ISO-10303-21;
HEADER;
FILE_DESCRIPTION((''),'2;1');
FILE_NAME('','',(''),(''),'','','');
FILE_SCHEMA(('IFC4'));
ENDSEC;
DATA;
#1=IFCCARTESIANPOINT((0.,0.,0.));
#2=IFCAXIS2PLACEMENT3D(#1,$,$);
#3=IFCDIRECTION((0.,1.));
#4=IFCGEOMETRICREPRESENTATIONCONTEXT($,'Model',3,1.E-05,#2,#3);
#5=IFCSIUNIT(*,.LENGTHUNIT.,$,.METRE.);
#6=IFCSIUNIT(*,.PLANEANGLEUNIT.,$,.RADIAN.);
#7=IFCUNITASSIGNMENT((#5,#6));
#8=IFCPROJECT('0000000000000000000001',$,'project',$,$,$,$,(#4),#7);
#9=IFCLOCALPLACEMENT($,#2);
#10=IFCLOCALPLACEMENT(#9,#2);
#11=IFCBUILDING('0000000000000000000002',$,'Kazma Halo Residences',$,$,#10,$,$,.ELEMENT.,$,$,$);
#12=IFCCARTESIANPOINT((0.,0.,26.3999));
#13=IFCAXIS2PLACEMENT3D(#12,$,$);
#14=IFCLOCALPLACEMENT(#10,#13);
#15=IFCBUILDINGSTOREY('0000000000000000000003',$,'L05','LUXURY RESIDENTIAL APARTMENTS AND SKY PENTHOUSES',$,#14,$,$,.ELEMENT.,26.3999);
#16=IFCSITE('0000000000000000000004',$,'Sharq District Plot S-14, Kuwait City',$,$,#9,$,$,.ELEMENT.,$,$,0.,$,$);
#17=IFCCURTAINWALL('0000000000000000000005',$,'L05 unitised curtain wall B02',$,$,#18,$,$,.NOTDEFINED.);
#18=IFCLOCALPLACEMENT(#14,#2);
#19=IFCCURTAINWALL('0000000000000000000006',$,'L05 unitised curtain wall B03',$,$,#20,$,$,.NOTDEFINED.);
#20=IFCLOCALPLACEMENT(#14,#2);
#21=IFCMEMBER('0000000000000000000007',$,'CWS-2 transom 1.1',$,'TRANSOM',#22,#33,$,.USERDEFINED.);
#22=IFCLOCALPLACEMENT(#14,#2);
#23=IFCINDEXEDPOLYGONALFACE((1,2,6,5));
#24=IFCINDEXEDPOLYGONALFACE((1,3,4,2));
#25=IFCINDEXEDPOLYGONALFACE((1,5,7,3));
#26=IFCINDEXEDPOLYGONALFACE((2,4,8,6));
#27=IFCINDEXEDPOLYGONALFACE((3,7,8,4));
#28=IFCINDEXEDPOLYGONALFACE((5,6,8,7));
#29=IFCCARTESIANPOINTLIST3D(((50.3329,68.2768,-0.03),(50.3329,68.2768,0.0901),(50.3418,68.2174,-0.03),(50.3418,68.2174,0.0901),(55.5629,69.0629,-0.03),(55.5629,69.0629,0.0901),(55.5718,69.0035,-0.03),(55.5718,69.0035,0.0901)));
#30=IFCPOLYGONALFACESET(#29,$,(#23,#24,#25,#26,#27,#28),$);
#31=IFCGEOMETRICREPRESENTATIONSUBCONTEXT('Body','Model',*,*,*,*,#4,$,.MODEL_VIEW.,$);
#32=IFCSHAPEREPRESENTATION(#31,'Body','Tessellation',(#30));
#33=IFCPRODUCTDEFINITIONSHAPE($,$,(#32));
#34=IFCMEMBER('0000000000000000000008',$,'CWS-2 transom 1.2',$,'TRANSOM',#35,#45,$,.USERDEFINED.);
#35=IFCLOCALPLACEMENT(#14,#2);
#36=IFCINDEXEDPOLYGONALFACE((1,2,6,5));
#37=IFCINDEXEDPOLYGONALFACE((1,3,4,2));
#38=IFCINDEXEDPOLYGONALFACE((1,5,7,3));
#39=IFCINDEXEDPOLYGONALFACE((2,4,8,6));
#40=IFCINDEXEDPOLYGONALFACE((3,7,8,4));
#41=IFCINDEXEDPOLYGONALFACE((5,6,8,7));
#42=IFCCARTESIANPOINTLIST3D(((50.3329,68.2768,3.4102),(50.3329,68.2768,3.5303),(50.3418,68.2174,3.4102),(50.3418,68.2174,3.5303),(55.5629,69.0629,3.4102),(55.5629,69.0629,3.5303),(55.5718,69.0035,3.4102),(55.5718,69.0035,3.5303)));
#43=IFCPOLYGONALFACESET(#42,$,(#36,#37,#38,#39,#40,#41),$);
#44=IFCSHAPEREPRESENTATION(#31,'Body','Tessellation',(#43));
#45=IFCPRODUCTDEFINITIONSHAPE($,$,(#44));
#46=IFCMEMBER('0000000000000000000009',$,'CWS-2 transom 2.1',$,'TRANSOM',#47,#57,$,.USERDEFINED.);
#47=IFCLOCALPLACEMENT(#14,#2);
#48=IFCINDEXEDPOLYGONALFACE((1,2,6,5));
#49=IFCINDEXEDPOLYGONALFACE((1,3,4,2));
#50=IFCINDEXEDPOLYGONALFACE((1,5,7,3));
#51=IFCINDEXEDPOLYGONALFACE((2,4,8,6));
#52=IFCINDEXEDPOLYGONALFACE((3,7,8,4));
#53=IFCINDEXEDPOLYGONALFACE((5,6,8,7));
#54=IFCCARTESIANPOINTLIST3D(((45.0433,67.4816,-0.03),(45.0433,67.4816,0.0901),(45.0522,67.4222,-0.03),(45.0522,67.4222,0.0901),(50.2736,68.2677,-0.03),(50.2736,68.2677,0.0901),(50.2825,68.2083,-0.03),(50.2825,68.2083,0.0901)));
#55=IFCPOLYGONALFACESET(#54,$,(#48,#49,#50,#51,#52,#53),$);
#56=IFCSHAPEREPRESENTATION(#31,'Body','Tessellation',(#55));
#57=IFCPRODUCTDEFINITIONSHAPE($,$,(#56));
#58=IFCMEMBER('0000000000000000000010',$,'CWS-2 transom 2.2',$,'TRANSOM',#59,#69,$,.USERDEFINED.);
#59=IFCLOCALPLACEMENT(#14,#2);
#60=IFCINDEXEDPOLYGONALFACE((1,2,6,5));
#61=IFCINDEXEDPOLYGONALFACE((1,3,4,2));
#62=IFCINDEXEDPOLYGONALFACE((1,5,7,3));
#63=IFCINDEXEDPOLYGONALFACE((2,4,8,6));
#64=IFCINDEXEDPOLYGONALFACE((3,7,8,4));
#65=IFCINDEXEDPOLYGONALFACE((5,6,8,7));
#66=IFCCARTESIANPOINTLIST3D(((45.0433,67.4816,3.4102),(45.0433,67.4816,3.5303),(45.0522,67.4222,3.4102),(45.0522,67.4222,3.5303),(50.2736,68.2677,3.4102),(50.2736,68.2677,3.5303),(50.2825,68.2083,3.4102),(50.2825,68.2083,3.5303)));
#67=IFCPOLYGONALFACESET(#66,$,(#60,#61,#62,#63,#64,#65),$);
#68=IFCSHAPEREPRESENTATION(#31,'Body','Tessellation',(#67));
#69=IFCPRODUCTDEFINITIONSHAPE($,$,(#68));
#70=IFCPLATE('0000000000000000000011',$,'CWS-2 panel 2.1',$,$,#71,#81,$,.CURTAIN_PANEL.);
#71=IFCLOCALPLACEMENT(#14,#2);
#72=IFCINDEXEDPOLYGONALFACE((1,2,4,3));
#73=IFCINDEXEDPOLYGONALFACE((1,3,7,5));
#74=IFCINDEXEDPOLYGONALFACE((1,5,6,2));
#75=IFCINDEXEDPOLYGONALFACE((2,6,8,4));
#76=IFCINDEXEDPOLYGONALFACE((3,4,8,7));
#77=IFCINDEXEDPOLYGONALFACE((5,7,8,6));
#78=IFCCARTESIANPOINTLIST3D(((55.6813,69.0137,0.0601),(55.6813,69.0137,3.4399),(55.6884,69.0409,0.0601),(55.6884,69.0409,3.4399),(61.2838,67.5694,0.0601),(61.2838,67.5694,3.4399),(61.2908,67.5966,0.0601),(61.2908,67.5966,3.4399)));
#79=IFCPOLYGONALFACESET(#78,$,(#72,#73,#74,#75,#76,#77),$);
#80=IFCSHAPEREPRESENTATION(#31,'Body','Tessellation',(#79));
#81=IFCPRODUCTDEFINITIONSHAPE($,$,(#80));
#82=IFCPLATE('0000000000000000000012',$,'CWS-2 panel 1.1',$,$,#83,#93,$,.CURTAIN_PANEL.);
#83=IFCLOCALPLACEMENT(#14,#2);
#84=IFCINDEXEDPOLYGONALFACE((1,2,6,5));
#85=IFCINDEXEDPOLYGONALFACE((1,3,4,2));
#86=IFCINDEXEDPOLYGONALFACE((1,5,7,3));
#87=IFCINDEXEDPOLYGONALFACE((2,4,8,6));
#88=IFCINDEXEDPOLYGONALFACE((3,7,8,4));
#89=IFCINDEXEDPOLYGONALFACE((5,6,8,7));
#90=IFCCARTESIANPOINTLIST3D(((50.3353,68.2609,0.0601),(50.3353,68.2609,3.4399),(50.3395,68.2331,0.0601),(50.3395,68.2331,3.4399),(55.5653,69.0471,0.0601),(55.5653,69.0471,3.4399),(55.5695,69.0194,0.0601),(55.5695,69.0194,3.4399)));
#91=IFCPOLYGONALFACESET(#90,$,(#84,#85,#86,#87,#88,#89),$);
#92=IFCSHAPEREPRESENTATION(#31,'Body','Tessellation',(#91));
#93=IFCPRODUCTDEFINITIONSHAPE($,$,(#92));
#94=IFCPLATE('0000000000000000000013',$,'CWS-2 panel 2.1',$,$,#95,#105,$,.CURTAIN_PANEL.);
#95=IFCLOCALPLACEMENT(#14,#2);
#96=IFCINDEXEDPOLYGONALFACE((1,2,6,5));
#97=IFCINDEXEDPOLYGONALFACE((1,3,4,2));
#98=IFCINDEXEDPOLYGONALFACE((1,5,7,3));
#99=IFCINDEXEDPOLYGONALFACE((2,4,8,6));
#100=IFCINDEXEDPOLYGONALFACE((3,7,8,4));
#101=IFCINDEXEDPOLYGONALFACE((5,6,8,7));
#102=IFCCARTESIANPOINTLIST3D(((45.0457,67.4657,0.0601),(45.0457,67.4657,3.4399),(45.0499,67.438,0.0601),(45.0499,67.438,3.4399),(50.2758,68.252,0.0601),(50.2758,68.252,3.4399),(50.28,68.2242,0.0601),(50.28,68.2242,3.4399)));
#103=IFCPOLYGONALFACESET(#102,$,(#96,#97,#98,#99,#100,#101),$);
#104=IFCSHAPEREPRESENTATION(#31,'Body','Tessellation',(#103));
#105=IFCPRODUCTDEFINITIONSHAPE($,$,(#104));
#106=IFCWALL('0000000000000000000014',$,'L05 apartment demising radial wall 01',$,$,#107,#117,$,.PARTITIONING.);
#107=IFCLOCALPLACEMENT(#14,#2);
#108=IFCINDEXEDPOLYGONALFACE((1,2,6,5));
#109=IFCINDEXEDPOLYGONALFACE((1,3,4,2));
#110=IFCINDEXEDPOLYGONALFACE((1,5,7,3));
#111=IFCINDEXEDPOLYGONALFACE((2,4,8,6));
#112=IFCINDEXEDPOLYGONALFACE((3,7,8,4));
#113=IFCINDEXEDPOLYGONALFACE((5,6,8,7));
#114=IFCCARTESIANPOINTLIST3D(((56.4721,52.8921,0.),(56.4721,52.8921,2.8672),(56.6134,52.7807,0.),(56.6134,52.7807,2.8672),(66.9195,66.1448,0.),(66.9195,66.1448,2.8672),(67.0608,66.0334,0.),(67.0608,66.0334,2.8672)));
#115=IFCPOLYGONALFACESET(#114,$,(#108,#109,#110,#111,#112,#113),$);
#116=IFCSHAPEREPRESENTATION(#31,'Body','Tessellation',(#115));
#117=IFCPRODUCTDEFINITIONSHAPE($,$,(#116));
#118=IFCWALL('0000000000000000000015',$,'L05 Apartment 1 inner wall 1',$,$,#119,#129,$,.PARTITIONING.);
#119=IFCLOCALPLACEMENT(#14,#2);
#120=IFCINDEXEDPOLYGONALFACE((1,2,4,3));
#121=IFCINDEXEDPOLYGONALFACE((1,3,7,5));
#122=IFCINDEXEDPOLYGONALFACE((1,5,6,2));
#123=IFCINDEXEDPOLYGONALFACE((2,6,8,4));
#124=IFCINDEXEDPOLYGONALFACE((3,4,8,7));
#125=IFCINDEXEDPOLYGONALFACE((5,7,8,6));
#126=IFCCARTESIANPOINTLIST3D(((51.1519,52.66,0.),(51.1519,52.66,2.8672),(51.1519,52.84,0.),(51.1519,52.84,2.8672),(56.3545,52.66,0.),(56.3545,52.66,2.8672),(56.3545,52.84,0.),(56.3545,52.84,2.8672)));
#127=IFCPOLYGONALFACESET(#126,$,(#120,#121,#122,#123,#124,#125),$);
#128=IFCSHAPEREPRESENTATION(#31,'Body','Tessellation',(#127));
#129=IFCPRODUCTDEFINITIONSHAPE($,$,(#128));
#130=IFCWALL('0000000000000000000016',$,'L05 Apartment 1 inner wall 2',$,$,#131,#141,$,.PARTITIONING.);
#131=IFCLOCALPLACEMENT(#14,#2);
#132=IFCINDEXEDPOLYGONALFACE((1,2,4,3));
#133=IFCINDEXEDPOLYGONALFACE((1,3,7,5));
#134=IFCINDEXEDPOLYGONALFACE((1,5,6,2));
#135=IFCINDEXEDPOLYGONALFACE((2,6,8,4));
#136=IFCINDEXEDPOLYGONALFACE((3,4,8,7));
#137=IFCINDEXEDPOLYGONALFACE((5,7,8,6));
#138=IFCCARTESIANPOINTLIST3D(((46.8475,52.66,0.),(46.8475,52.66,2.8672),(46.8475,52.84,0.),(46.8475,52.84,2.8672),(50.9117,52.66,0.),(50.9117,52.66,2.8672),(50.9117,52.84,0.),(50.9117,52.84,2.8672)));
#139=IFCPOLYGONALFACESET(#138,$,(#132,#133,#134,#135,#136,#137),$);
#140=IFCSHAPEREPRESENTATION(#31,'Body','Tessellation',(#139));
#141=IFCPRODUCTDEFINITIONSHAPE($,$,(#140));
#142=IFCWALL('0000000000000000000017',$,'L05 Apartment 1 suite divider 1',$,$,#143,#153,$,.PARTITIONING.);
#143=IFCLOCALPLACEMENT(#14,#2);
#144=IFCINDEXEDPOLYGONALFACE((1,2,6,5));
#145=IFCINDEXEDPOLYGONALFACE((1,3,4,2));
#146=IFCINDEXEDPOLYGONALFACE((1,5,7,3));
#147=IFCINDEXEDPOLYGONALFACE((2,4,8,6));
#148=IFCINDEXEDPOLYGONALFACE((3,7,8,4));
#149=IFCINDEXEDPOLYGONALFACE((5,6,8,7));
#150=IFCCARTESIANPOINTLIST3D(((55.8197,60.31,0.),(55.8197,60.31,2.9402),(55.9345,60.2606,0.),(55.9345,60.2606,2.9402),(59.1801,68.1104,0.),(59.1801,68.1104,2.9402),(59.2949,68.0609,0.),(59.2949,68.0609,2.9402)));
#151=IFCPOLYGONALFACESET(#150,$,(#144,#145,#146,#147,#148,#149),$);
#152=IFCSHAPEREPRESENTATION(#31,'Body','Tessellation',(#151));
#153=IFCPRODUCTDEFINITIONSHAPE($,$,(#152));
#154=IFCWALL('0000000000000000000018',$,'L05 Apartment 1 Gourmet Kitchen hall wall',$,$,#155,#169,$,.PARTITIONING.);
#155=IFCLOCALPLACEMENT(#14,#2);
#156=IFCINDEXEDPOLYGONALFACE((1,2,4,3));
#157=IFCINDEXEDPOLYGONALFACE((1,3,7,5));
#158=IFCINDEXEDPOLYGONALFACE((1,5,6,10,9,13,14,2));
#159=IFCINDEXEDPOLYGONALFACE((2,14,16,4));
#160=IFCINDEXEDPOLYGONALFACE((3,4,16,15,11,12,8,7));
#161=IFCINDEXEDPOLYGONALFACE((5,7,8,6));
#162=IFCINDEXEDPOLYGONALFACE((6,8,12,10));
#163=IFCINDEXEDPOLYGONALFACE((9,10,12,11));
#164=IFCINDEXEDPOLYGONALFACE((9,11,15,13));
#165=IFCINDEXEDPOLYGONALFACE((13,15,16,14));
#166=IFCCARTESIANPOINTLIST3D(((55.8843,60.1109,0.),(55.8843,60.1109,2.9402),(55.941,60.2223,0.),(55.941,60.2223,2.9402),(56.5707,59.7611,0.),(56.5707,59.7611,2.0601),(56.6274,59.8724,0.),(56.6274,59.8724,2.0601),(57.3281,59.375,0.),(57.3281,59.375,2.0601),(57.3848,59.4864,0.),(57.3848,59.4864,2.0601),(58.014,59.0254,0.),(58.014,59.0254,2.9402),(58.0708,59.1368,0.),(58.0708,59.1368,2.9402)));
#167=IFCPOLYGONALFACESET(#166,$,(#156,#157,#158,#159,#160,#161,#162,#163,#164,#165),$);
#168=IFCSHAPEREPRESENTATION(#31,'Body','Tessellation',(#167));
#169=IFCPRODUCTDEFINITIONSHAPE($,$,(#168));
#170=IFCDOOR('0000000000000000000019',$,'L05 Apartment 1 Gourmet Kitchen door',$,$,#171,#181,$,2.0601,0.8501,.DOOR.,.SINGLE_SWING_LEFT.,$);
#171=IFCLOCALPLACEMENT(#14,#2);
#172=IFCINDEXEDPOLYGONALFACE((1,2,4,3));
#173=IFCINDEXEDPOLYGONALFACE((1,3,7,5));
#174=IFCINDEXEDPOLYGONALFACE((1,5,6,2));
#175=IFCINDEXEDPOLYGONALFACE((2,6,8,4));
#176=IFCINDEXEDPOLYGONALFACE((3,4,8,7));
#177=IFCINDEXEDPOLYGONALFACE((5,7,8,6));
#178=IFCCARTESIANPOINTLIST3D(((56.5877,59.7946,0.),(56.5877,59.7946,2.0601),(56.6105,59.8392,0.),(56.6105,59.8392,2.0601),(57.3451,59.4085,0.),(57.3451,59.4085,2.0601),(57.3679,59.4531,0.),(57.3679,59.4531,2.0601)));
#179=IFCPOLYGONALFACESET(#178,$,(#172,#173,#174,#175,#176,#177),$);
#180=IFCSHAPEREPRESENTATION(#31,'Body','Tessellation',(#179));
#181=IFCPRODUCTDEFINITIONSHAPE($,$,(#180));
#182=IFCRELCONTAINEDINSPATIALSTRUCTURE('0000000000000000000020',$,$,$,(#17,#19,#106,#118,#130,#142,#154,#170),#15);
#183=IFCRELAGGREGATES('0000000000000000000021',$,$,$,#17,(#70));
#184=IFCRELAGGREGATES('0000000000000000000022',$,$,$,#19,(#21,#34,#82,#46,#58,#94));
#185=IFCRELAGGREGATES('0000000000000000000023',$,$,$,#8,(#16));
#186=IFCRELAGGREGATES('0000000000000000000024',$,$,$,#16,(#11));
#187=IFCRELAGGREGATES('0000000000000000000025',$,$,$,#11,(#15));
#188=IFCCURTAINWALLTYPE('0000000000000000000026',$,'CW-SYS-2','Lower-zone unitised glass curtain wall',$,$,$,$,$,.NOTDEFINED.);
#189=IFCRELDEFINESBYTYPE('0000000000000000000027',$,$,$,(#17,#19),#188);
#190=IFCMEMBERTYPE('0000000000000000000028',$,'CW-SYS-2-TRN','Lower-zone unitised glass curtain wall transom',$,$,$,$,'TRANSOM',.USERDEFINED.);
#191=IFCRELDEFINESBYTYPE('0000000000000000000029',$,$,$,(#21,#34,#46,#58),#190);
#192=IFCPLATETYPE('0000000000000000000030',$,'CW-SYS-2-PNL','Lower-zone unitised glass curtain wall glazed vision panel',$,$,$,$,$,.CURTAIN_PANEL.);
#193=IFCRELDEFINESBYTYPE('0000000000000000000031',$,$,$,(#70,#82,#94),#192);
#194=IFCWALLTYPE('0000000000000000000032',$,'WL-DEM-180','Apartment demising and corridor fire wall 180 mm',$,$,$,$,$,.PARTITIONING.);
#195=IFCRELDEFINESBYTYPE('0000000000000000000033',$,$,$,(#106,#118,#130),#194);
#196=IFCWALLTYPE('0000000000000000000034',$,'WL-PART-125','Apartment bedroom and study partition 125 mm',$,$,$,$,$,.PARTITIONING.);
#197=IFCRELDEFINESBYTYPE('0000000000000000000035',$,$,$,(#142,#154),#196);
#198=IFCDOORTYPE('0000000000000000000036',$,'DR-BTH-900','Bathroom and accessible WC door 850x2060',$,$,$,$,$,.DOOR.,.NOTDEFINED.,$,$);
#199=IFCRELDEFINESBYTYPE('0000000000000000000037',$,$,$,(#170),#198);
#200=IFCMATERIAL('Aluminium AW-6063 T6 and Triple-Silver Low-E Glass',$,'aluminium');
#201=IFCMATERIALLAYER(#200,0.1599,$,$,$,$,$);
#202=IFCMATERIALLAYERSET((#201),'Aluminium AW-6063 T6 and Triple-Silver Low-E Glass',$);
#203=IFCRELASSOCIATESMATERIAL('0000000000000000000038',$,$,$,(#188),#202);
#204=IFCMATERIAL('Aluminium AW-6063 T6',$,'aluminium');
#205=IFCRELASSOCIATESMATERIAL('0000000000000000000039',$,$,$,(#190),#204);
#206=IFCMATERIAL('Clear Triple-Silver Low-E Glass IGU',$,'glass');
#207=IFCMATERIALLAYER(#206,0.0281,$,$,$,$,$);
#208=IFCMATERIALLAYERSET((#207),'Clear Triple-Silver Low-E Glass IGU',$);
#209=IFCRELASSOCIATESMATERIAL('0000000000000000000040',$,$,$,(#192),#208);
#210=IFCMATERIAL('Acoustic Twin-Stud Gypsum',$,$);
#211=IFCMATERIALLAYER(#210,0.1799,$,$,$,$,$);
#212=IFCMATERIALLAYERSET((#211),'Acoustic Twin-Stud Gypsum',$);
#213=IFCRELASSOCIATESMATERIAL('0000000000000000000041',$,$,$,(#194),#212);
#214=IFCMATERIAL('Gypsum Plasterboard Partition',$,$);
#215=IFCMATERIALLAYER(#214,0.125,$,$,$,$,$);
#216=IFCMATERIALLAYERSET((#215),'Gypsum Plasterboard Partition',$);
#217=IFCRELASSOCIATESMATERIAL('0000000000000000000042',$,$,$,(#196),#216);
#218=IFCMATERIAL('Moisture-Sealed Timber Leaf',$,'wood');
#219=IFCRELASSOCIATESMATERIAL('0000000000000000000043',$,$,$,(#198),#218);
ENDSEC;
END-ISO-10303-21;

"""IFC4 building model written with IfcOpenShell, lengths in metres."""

from ifc_helpers import new_model, si_unit, direction, frame, frame_2d, origin, origin_2d, place, context, subcontext, project, spatial, rectangle, extrude, material, layer, layer_set, material_profile, profile_set, type_object, element, fill, aggregate, save


model = new_model("IFC4")

# Units and contexts
model_context = context("Model", 3, precision=1e-05, world=origin(), true_north=direction((0.0, 1.0)))
body_context = subcontext(model_context, "Body", "Model", "MODEL_VIEW")
ifc_project = project(units=[si_unit("LENGTHUNIT", "METRE"), si_unit("PLANEANGLEUNIT", "RADIAN")], contexts=[model_context])

# Site, building, storey
site_placement = place(None, origin())
site = spatial("IfcSite", under=ifc_project, at=site_placement, Name="Sharq District Plot S-14, Kuwait City", CompositionType="ELEMENT", RefElevation=0.0)
building_placement = place(site_placement, origin())
building = spatial("IfcBuilding", under=site, at=building_placement, Name="Kazma Halo Residences", CompositionType="ELEMENT")
storey_placement = place(building_placement, frame((0.0, 0.0, 26.3999)))
storey = spatial("IfcBuildingStorey", under=building, at=storey_placement, Name="L05", Description="LUXURY RESIDENTIAL APARTMENTS AND SKY PENTHOUSES", CompositionType="ELEMENT", Elevation=26.3999)

# Curtain wall
ifc_material_1 = material(Name="Aluminium AW-6063 T6 and Triple-Silver Low-E Glass", Category="aluminium")
ifc_layer_1 = layer(ifc_material_1, 0.1599)
ifc_layer_set_1 = layer_set([ifc_layer_1], Name="Aluminium AW-6063 T6 and Triple-Silver Low-E Glass")
curtain_wall_type = type_object("IfcCurtainWallType", Name="CW-SYS-2", Description="Lower-zone unitised glass curtain wall", PredefinedType="NOTDEFINED", material=ifc_layer_set_1)
curtain_wall_1_placement = place(storey_placement, origin())
curtain_wall_1 = element("IfcCurtainWall", 1, at=curtain_wall_1_placement, inside=storey, type_object=curtain_wall_type, Name="L05 unitised curtain wall B02", PredefinedType="NOTDEFINED")
ifc_material_2 = material(Name="Aluminium AW-6063 T6", Category="aluminium")

# Curtain wall, members
curtain_wall_2_placement = place(storey_placement, origin())
curtain_wall_2 = element("IfcCurtainWall", 2, at=curtain_wall_2_placement, inside=storey, type_object=curtain_wall_type, Name="L05 unitised curtain wall B03", PredefinedType="NOTDEFINED")
ifc_material_profile_1 = material_profile(ifc_material_2, rectangle(XDim=0.0601, YDim=0.1201, at=origin_2d()), Name="CWT-60x120")
ifc_profile_set_1 = profile_set([ifc_material_profile_1], Name="Aluminium AW-6063 T6")
member_type_1 = type_object("IfcMemberType", Name="CW-SYS-2-TRN", Description="Lower-zone unitised glass curtain wall transom", ElementType="TRANSOM", PredefinedType="USERDEFINED", material=ifc_profile_set_1)
member_1_placement = place(storey_placement, frame((55.5674, 69.0332, 0.03), z_axis=(-0.988891, -0.148643, 0.0), x_axis=(0.148643, -0.988891, 0.0)))
member_1 = element("IfcMember", 3, at=member_1_placement, type_object=member_type_1, Name="CWS-2 transom 1.1", ObjectType="TRANSOM", PredefinedType="USERDEFINED", context=body_context, shape_type="SweptSolid", body=[
    extrude(rectangle(XDim=0.0601, YDim=0.1201, at=origin_2d()), origin(), (0.0, 0.0, 1.0), 5.2888),
])
member_2_placement = place(storey_placement, frame((55.5674, 69.0332, 3.4702), z_axis=(-0.988891, -0.148643, 0.0), x_axis=(0.148643, -0.988891, 0.0)))
member_2 = element("IfcMember", 4, at=member_2_placement, type_object=member_type_1, Name="CWS-2 transom 1.2", ObjectType="TRANSOM", PredefinedType="USERDEFINED", context=body_context, shape_type="SweptSolid", body=[
    extrude(rectangle(XDim=0.0601, YDim=0.1201, at=origin_2d()), origin(), (0.0, 0.0, 1.0), 5.2888),
])
member_3_placement = place(storey_placement, frame((50.2781, 68.238, 0.03), z_axis=(-0.988892, -0.148636, 0.0), x_axis=(0.148636, -0.988892, 0.0)))
member_3 = element("IfcMember", 5, at=member_3_placement, type_object=member_type_1, Name="CWS-2 transom 2.1", ObjectType="TRANSOM", PredefinedType="USERDEFINED", context=body_context, shape_type="SweptSolid", body=[
    extrude(rectangle(XDim=0.0601, YDim=0.1201, at=origin_2d()), origin(), (0.0, 0.0, 1.0), 5.2891),
])
member_4_placement = place(storey_placement, frame((50.2781, 68.238, 3.4702), z_axis=(-0.988892, -0.148636, 0.0), x_axis=(0.148636, -0.988892, 0.0)))
member_4 = element("IfcMember", 6, at=member_4_placement, type_object=member_type_1, Name="CWS-2 transom 2.2", ObjectType="TRANSOM", PredefinedType="USERDEFINED", context=body_context, shape_type="SweptSolid", body=[
    extrude(rectangle(XDim=0.0601, YDim=0.1201, at=origin_2d()), origin(), (0.0, 0.0, 1.0), 5.2891),
])

# Plates
ifc_material_3 = material(Name="Clear Triple-Silver Low-E Glass IGU", Category="glass")
ifc_layer_2 = layer(ifc_material_3, 0.0281)
ifc_layer_set_2 = layer_set([ifc_layer_2], Name="Clear Triple-Silver Low-E Glass IGU")
plate_type = type_object("IfcPlateType", Name="CW-SYS-2-PNL", Description="Lower-zone unitised glass curtain wall glazed vision panel", PredefinedType="CURTAIN_PANEL", material=ifc_layer_set_2)
plate_1_placement = place(storey_placement, frame((58.4861, 68.3052, 0.0601), z_axis=(0.0, 0.0, 1.0), x_axis=(-0.96834, 0.249635, 0.0)))
plate_1 = element("IfcPlate", 7, at=plate_1_placement, type_object=plate_type, Name="CWS-2 panel 2.1", PredefinedType="CURTAIN_PANEL", context=body_context, shape_type="SweptSolid", body=[
    extrude(rectangle(XDim=5.7856, YDim=0.0281, at=origin_2d()), origin(), (0.0, 0.0, 1.0), 3.3799),
])
aggregate(curtain_wall_1, [plate_1])
plate_2_placement = place(storey_placement, frame((52.9524, 68.6401, 0.0601), z_axis=(0.0, 0.0, 1.0), x_axis=(-0.988889, -0.148657, 0.0)))
plate_2 = element("IfcPlate", 8, at=plate_2_placement, type_object=plate_type, Name="CWS-2 panel 1.1", PredefinedType="CURTAIN_PANEL", context=body_context, shape_type="SweptSolid", body=[
    extrude(rectangle(XDim=5.2888, YDim=0.0281, at=origin_2d()), origin(), (0.0, 0.0, 1.0), 3.3799),
])
plate_3_placement = place(storey_placement, frame((47.6628, 67.845, 0.0601), z_axis=(0.0, 0.0, 1.0), x_axis=(-0.988889, -0.148657, 0.0)))
plate_3 = element("IfcPlate", 9, at=plate_3_placement, type_object=plate_type, Name="CWS-2 panel 2.1", PredefinedType="CURTAIN_PANEL", context=body_context, shape_type="SweptSolid", body=[
    extrude(rectangle(XDim=5.2888, YDim=0.0281, at=origin_2d()), origin(), (0.0, 0.0, 1.0), 3.3799),
])
aggregate(curtain_wall_2, [member_1, member_2, plate_2, member_3, member_4, plate_3])

# Walls
ifc_material_4 = material(Name="Acoustic Twin-Stud Gypsum")
ifc_layer_3 = layer(ifc_material_4, 0.1799)
ifc_layer_set_3 = layer_set([ifc_layer_3], Name="Acoustic Twin-Stud Gypsum")
wall_type_1 = type_object("IfcWallType", Name="WL-DEM-180", Description="Apartment demising and corridor fire wall 180 mm", PredefinedType="PARTITIONING", material=ifc_layer_set_3)
wall_1_placement = place(storey_placement, frame((56.5427, 52.8364, 0.0), z_axis=(0.0, 0.0, 1.0), x_axis=(0.619092, 0.785319, 0.0)))
element("IfcWall", 10, at=wall_1_placement, inside=storey, type_object=wall_type_1, Name="L05 apartment demising radial wall 01", PredefinedType="PARTITIONING", context=body_context, shape_type="SweptSolid", body=[
    extrude(rectangle(XDim=16.8755, YDim=0.1799, at=frame_2d((8.4377, 0.0))), origin(), (0.0, 0.0, 1.0), 2.8672),
])
wall_2_placement = place(storey_placement, frame((56.3545, 52.75, 0.0), z_axis=(0.0, 0.0, 1.0), x_axis=(-1.0, 0.0, 0.0)))
element("IfcWall", 11, at=wall_2_placement, inside=storey, type_object=wall_type_1, Name="L05 Apartment 1 inner wall 1", PredefinedType="PARTITIONING", context=body_context, shape_type="SweptSolid", body=[
    extrude(rectangle(XDim=5.2026, YDim=0.1799, at=frame_2d((2.6013, 0.0))), origin(), (0.0, 0.0, 1.0), 2.8672),
])
wall_3_placement = place(storey_placement, frame((50.9119, 52.75, 0.0), z_axis=(0.0, 0.0, 1.0), x_axis=(-1.0, 0.0, 0.0)))
element("IfcWall", 12, at=wall_3_placement, inside=storey, type_object=wall_type_1, Name="L05 Apartment 1 inner wall 2", PredefinedType="PARTITIONING", context=body_context, shape_type="SweptSolid", body=[
    extrude(rectangle(XDim=4.0642, YDim=0.1799, at=frame_2d((2.0322, 0.0))), origin(), (0.0, 0.0, 1.0), 2.8672),
])
ifc_material_5 = material(Name="Gypsum Plasterboard Partition")
ifc_layer_4 = layer(ifc_material_5, 0.125)
ifc_layer_set_4 = layer_set([ifc_layer_4], Name="Gypsum Plasterboard Partition")
wall_type_2 = type_object("IfcWallType", Name="WL-PART-125", Description="Apartment bedroom and study partition 125 mm", PredefinedType="PARTITIONING", material=ifc_layer_set_4)
wall_4_placement = place(storey_placement, frame((55.8772, 60.2854, 0.0), z_axis=(0.0, 0.0, 1.0), x_axis=(0.395646, 0.918403, 0.0)))
element("IfcWall", 13, at=wall_4_placement, inside=storey, type_object=wall_type_2, Name="L05 Apartment 1 suite divider 1", PredefinedType="PARTITIONING", context=body_context, shape_type="SweptSolid", body=[
    extrude(rectangle(XDim=8.4934, YDim=0.125, at=frame_2d((4.2466, 0.0))), origin(), (0.0, 0.0, 1.0), 2.9402),
])

# Wall, opening, door
wall_5_placement = place(storey_placement, frame((58.0425, 59.0811, 0.0), z_axis=(0.0, 0.0, 1.0), x_axis=(-0.890948, 0.454105, 0.0)))
wall_5 = element("IfcWall", 14, at=wall_5_placement, inside=storey, type_object=wall_type_2, Name="L05 Apartment 1 Gourmet Kitchen hall wall", PredefinedType="PARTITIONING", context=body_context, shape_type="SweptSolid", body=[
    extrude(rectangle(XDim=2.3904, YDim=0.125, at=frame_2d((1.1953, 0.0))), origin(), (0.0, 0.0, 1.0), 2.9402),
])
opening_1_placement = place(wall_5_placement, frame((0.77, 0.0, 0.0)))
opening_1 = element("IfcOpeningElement", 15, at=opening_1_placement, cuts=wall_5, PredefinedType="OPENING", context=body_context, shape_type="SweptSolid", body=[
    extrude(rectangle(XDim=0.8501, YDim=2.0601, at=frame_2d((0.425, 1.03))), frame((0.0, 0.0725, 0.0), z_axis=(0.0, -1.0, 0.0), x_axis=(1.0, 0.0, 0.0)), (0.0, 0.0, 1.0), 0.145),
])
ifc_material_6 = material(Name="Moisture-Sealed Timber Leaf", Category="wood")
door_type_1 = type_object("IfcDoorType", Name="DR-BTH-900", Description="Bathroom and accessible WC door 850x2060", OperationType="NOTDEFINED", PredefinedType="DOOR", material=ifc_material_6)
door_1_placement = place(opening_1_placement, origin())
door_1 = element("IfcDoor", 16, at=door_1_placement, inside=storey, type_object=door_type_1, Name="L05 Apartment 1 Gourmet Kitchen door", OperationType="SINGLE_SWING_LEFT", OverallHeight=2.0601, OverallWidth=0.8501, PredefinedType="DOOR", context=body_context, shape_type="SweptSolid", body=[
    extrude(rectangle(XDim=0.8501, YDim=2.0601, at=frame_2d((0.425, 1.03))), frame((0.0, 0.0249, 0.0), z_axis=(0.0, -1.0, 0.0), x_axis=(1.0, 0.0, 0.0)), (0.0, 0.0, 1.0), 0.05),
])
fill(opening_1, door_1)

save(model, "model.ifc")
